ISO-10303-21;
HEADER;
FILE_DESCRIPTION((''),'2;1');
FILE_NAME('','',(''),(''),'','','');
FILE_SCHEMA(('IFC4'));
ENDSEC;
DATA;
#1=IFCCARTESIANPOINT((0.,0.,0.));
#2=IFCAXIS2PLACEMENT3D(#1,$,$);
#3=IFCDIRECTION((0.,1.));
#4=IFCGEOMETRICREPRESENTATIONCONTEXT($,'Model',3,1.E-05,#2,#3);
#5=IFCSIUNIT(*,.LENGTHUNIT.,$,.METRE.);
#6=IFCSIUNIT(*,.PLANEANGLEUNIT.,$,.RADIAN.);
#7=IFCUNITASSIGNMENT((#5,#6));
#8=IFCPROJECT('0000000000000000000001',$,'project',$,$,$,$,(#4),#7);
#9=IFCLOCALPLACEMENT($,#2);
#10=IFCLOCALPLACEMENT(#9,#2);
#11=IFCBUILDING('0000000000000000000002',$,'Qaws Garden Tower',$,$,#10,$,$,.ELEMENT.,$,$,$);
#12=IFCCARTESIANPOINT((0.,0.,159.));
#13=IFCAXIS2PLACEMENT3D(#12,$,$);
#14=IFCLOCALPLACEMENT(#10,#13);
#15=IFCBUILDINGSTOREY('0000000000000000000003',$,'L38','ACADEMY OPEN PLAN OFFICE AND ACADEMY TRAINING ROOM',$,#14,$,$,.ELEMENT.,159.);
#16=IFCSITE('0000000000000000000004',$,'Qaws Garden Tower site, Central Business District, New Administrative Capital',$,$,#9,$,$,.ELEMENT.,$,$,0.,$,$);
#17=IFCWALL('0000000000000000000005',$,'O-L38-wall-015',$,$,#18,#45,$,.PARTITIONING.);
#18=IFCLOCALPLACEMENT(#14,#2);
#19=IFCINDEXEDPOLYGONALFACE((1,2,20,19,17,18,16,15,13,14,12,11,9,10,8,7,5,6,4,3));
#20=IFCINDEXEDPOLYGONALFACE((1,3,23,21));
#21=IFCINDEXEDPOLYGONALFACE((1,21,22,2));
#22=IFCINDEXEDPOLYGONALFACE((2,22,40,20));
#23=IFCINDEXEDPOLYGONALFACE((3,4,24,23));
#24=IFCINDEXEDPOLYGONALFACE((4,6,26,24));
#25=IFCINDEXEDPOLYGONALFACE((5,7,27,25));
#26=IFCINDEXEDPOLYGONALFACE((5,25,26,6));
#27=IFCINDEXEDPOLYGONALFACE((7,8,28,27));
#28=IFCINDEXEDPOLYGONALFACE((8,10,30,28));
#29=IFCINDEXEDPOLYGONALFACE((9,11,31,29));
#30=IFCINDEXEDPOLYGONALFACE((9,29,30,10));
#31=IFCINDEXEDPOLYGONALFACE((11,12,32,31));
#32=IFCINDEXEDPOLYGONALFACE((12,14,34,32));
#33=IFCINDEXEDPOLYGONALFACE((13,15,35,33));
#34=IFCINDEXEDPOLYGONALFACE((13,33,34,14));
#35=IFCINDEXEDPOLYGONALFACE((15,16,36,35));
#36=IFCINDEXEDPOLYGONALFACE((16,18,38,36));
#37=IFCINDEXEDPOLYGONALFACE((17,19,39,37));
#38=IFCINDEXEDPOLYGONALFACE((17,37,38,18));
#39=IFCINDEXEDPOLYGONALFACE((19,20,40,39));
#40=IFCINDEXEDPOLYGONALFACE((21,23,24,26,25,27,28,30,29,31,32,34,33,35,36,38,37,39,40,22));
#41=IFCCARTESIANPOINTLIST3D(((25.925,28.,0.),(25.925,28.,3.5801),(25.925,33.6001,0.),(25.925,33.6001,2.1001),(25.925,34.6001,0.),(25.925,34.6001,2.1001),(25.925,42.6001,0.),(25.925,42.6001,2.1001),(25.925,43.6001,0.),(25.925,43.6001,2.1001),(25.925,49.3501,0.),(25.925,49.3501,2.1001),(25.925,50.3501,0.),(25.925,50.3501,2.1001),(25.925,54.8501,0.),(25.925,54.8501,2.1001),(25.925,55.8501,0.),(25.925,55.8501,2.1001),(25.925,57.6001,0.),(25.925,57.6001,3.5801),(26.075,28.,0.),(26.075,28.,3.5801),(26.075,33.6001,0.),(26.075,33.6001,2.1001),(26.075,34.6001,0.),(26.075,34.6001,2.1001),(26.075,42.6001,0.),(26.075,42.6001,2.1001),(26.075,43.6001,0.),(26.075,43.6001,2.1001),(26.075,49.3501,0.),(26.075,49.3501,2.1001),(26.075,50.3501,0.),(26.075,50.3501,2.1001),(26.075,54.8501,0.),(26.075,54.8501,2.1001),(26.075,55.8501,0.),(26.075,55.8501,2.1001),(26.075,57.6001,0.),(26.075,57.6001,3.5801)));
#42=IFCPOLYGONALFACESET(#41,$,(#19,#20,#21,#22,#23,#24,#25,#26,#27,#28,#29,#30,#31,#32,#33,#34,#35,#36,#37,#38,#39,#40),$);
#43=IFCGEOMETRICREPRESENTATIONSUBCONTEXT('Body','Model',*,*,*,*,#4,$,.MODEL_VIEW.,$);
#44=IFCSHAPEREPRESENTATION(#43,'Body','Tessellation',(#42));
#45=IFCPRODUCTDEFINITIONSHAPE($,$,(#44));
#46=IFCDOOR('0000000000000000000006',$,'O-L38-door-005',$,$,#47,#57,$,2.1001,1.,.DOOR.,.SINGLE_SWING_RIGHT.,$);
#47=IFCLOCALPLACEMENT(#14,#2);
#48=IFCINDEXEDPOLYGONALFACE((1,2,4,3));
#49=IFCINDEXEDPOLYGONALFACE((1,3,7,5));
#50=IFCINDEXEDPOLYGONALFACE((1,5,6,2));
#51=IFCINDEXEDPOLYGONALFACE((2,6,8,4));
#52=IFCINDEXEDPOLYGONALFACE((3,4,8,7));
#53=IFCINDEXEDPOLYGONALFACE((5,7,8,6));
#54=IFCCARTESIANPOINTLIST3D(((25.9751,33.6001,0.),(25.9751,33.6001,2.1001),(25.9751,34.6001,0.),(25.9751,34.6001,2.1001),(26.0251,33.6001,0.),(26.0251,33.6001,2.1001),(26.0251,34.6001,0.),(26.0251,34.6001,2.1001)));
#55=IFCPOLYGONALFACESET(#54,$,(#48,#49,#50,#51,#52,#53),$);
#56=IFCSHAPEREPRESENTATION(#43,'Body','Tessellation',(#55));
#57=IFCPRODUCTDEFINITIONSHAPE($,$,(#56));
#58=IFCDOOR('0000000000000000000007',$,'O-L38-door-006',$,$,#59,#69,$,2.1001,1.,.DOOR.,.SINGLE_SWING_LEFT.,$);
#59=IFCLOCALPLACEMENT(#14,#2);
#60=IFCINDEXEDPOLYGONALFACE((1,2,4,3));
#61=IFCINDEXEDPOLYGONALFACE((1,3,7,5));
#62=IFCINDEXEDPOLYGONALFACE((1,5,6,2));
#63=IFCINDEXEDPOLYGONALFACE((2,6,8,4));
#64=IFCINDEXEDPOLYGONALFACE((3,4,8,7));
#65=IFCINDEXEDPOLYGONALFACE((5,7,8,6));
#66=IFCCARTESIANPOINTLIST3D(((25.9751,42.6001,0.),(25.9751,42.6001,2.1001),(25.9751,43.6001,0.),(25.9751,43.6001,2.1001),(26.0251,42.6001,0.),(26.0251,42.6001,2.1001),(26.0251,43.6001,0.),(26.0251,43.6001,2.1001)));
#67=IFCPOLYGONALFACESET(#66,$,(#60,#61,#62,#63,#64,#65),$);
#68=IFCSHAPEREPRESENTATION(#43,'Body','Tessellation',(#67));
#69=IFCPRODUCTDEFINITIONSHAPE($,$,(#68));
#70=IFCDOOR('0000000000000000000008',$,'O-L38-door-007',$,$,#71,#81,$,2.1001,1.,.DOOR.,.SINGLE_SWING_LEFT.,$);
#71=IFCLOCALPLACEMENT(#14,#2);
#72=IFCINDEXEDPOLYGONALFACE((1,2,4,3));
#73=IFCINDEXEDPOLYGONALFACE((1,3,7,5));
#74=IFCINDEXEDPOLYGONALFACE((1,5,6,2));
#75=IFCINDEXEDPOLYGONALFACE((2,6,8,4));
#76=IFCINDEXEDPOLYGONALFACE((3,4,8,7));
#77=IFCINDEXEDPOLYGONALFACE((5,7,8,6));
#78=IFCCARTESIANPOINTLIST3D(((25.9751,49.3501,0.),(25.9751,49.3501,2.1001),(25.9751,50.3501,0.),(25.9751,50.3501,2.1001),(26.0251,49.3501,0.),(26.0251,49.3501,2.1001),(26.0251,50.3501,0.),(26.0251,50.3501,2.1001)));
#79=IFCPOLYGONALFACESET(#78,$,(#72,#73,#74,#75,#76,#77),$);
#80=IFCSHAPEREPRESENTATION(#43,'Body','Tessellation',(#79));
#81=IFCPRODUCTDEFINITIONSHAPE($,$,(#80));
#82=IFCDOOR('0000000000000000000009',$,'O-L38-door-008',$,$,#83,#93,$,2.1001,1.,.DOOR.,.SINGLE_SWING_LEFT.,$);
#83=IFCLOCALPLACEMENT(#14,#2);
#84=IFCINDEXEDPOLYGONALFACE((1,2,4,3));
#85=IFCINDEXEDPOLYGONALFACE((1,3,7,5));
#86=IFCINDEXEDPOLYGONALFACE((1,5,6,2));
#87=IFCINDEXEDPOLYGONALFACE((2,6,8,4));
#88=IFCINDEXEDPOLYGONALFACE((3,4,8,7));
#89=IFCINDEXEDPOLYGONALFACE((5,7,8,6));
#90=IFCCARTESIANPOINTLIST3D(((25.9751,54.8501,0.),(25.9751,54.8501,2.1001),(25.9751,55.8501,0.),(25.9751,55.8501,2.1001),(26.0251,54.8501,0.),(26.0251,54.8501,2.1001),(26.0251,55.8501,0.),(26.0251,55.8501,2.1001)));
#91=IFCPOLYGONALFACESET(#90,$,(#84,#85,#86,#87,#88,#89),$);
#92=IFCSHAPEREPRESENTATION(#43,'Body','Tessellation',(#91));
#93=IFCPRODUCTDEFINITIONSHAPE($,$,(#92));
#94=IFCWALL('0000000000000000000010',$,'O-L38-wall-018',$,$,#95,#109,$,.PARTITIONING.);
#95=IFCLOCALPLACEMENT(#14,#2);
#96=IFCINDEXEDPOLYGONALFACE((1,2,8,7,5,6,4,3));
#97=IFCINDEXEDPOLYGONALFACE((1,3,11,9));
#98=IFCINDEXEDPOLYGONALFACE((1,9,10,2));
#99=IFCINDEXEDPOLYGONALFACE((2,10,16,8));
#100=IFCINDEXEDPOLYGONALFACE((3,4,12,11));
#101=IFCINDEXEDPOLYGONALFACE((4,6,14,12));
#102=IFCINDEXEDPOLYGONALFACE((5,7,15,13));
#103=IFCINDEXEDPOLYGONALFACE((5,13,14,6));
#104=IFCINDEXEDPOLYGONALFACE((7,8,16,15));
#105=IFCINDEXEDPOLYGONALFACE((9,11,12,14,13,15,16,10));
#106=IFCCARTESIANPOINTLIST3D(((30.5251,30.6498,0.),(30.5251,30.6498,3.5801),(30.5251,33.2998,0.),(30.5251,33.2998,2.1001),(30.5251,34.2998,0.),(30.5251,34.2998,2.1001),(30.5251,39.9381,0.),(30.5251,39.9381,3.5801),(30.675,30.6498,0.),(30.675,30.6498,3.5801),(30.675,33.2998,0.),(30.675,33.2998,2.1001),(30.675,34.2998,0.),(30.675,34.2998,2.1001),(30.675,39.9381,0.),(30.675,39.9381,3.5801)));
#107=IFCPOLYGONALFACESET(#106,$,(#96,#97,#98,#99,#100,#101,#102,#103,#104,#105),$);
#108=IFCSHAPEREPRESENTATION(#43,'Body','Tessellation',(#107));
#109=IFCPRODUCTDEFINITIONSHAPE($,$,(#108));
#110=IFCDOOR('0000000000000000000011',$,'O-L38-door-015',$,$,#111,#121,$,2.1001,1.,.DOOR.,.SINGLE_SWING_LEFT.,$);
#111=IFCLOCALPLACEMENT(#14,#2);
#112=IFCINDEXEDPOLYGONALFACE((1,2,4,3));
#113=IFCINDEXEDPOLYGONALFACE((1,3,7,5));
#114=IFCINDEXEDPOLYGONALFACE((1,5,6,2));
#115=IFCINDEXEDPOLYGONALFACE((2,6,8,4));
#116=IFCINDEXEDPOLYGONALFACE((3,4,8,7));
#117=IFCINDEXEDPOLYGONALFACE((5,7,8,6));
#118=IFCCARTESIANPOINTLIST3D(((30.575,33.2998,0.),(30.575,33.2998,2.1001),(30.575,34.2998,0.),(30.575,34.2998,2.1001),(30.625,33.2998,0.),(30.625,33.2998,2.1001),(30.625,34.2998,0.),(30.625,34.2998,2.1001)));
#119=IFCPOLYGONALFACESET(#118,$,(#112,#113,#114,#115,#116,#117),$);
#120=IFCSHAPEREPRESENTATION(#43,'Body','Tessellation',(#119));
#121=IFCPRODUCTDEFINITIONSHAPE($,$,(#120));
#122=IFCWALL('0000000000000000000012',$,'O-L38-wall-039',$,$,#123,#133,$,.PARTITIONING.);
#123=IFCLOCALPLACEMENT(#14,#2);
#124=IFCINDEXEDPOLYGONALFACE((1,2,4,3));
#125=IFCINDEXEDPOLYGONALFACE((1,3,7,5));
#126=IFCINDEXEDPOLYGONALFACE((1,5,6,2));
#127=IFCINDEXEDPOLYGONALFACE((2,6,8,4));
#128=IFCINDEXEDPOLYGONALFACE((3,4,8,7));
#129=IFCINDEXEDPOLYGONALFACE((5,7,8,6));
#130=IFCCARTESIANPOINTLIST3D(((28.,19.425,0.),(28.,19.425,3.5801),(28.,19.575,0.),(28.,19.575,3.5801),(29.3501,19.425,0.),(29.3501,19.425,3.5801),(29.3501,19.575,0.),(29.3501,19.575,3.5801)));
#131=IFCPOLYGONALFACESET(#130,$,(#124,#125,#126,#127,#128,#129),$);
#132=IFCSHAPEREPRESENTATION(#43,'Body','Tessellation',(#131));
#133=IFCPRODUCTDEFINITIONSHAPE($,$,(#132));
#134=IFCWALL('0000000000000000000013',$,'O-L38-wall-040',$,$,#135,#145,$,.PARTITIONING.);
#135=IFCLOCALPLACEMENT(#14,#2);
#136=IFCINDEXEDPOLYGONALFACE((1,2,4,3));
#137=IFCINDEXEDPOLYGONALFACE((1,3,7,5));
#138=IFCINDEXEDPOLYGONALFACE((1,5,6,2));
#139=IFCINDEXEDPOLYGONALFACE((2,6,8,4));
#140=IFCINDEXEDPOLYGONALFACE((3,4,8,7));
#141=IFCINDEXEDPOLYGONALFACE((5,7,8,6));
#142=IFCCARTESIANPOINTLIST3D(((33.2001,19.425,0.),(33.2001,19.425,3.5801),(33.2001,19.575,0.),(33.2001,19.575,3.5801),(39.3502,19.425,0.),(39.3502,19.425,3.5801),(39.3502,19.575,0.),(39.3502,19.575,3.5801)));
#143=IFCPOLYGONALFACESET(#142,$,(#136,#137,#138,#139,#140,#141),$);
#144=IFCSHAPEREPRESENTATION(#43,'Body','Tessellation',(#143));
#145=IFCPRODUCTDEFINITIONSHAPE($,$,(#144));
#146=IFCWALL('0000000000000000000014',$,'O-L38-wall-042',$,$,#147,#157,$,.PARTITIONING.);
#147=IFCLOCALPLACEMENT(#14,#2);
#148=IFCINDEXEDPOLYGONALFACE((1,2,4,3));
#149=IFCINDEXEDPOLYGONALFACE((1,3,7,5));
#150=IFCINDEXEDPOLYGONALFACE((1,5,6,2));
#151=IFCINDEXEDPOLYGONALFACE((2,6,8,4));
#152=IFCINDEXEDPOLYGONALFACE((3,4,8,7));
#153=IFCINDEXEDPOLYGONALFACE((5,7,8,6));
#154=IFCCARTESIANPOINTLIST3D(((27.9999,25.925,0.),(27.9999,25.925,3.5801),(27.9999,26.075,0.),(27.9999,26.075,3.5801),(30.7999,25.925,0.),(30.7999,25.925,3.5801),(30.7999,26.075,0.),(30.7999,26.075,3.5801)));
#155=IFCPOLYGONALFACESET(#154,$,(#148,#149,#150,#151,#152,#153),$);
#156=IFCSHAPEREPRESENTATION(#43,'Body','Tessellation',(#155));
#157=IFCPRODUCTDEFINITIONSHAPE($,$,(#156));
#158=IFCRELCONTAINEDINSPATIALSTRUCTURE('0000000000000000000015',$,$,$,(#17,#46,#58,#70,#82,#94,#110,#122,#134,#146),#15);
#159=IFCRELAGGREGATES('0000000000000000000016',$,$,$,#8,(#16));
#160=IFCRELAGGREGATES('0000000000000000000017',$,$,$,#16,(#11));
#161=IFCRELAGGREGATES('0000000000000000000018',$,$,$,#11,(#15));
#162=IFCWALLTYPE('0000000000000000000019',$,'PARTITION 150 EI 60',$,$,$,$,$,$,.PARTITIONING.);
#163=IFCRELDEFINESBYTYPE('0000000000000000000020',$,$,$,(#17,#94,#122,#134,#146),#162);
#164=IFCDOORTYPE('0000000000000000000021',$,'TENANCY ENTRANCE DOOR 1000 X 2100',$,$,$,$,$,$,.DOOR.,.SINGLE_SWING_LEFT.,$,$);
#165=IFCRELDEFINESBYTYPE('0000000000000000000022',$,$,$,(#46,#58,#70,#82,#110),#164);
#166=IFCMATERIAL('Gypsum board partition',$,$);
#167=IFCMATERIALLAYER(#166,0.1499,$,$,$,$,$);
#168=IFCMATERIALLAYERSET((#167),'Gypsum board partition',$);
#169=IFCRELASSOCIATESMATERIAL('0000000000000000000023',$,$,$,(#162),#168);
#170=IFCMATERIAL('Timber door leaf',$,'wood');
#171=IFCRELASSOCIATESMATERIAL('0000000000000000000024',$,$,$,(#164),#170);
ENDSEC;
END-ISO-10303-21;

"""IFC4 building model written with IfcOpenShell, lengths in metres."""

from ifc_helpers import new_model, si_unit, direction, frame, frame_2d, origin, place, context, subcontext, project, spatial, rectangle, extrude, material, layer, layer_set, type_object, element, fill, save


model = new_model("IFC4")

# Units and contexts
model_context = context("Model", 3, precision=1e-05, world=origin(), true_north=direction((0.0, 1.0)))
body_context = subcontext(model_context, "Body", "Model", "MODEL_VIEW")
ifc_project = project(units=[si_unit("LENGTHUNIT", "METRE"), si_unit("PLANEANGLEUNIT", "RADIAN")], contexts=[model_context])

# Site, building, storey
site_placement = place(None, origin())
site = spatial("IfcSite", under=ifc_project, at=site_placement, Name="Qaws Garden Tower site, Central Business District, New Administrative Capital", CompositionType="ELEMENT", RefElevation=0.0)
building_placement = place(site_placement, origin())
building = spatial("IfcBuilding", under=site, at=building_placement, Name="Qaws Garden Tower", CompositionType="ELEMENT")
storey_placement = place(building_placement, frame((0.0, 0.0, 159.0)))
storey = spatial("IfcBuildingStorey", under=building, at=storey_placement, Name="L38", Description="ACADEMY OPEN PLAN OFFICE AND ACADEMY TRAINING ROOM", CompositionType="ELEMENT", Elevation=159.0)

# Shared definitions
ifc_material_1 = material(Name="Gypsum board partition")
ifc_layer_1 = layer(ifc_material_1, 0.1499)
ifc_layer_set_1 = layer_set([ifc_layer_1], Name="Gypsum board partition")
wall_type_1 = type_object("IfcWallType", Name="PARTITION 150 EI 60", PredefinedType="PARTITIONING", material=ifc_layer_set_1)

# Wall, openings, doors
wall_1_placement = place(storey_placement, frame((26.0, 28.0, 0.0), z_axis=(0.0, 0.0, 1.0), x_axis=(0.0, 1.0, 0.0)))
wall_1 = element("IfcWall", 1, at=wall_1_placement, inside=storey, type_object=wall_type_1, Name="O-L38-wall-015", PredefinedType="PARTITIONING", context=body_context, shape_type="SweptSolid", body=[
    extrude(rectangle(XDim=29.6001, YDim=0.1499, at=frame_2d((14.8, 0.0))), origin(), (0.0, 0.0, 1.0), 3.5801),
])
opening_1_placement = place(wall_1_placement, frame((5.6001, 0.0, 0.0)))
opening_1 = element("IfcOpeningElement", 2, at=opening_1_placement, cuts=wall_1, PredefinedType="OPENING", context=body_context, shape_type="SweptSolid", body=[
    extrude(rectangle(XDim=1.0, YDim=2.1001, at=frame_2d((0.5, 1.05))), frame((0.0, 0.085, 0.0), z_axis=(0.0, -1.0, 0.0), x_axis=(1.0, 0.0, 0.0)), (0.0, 0.0, 1.0), 0.1699),
])
opening_2_placement = place(wall_1_placement, frame((14.6001, 0.0, 0.0)))
opening_2 = element("IfcOpeningElement", 3, at=opening_2_placement, cuts=wall_1, PredefinedType="OPENING", context=body_context, shape_type="SweptSolid", body=[
    extrude(rectangle(XDim=1.0, YDim=2.1001, at=frame_2d((0.5, 1.05))), frame((0.0, 0.085, 0.0), z_axis=(0.0, -1.0, 0.0), x_axis=(1.0, 0.0, 0.0)), (0.0, 0.0, 1.0), 0.1699),
])
opening_3_placement = place(wall_1_placement, frame((21.3501, 0.0, 0.0)))
opening_3 = element("IfcOpeningElement", 4, at=opening_3_placement, cuts=wall_1, PredefinedType="OPENING", context=body_context, shape_type="SweptSolid", body=[
    extrude(rectangle(XDim=1.0, YDim=2.1001, at=frame_2d((0.5, 1.05))), frame((0.0, 0.085, 0.0), z_axis=(0.0, -1.0, 0.0), x_axis=(1.0, 0.0, 0.0)), (0.0, 0.0, 1.0), 0.1699),
])
opening_4_placement = place(wall_1_placement, frame((26.8501, 0.0, 0.0)))
opening_4 = element("IfcOpeningElement", 5, at=opening_4_placement, cuts=wall_1, PredefinedType="OPENING", context=body_context, shape_type="SweptSolid", body=[
    extrude(rectangle(XDim=1.0, YDim=2.1001, at=frame_2d((0.5, 1.05))), frame((0.0, 0.085, 0.0), z_axis=(0.0, -1.0, 0.0), x_axis=(1.0, 0.0, 0.0)), (0.0, 0.0, 1.0), 0.1699),
])
ifc_material_2 = material(Name="Timber door leaf", Category="wood")
door_type_1 = type_object("IfcDoorType", Name="TENANCY ENTRANCE DOOR 1000 X 2100", OperationType="SINGLE_SWING_LEFT", PredefinedType="DOOR", material=ifc_material_2)
door_1_placement = place(opening_1_placement, origin())
door_1 = element("IfcDoor", 6, at=door_1_placement, inside=storey, type_object=door_type_1, Name="O-L38-door-005", OperationType="SINGLE_SWING_RIGHT", OverallHeight=2.1001, OverallWidth=1.0, PredefinedType="DOOR", context=body_context, shape_type="SweptSolid", body=[
    extrude(rectangle(XDim=1.0, YDim=2.1001, at=frame_2d((0.5, 1.05))), frame((0.0, 0.0249, 0.0), z_axis=(0.0, -1.0, 0.0), x_axis=(1.0, 0.0, 0.0)), (0.0, 0.0, 1.0), 0.05),
])
fill(opening_1, door_1)
door_2_placement = place(opening_2_placement, origin())
door_2 = element("IfcDoor", 7, at=door_2_placement, inside=storey, type_object=door_type_1, Name="O-L38-door-006", OperationType="SINGLE_SWING_LEFT", OverallHeight=2.1001, OverallWidth=1.0, PredefinedType="DOOR", context=body_context, shape_type="SweptSolid", body=[
    extrude(rectangle(XDim=1.0, YDim=2.1001, at=frame_2d((0.5, 1.05))), frame((0.0, 0.0249, 0.0), z_axis=(0.0, -1.0, 0.0), x_axis=(1.0, 0.0, 0.0)), (0.0, 0.0, 1.0), 0.05),
])
fill(opening_2, door_2)
door_3_placement = place(opening_3_placement, origin())
door_3 = element("IfcDoor", 8, at=door_3_placement, inside=storey, type_object=door_type_1, Name="O-L38-door-007", OperationType="SINGLE_SWING_LEFT", OverallHeight=2.1001, OverallWidth=1.0, PredefinedType="DOOR", context=body_context, shape_type="SweptSolid", body=[
    extrude(rectangle(XDim=1.0, YDim=2.1001, at=frame_2d((0.5, 1.05))), frame((0.0, 0.0249, 0.0), z_axis=(0.0, -1.0, 0.0), x_axis=(1.0, 0.0, 0.0)), (0.0, 0.0, 1.0), 0.05),
])
fill(opening_3, door_3)
door_4_placement = place(opening_4_placement, origin())
door_4 = element("IfcDoor", 9, at=door_4_placement, inside=storey, type_object=door_type_1, Name="O-L38-door-008", OperationType="SINGLE_SWING_LEFT", OverallHeight=2.1001, OverallWidth=1.0, PredefinedType="DOOR", context=body_context, shape_type="SweptSolid", body=[
    extrude(rectangle(XDim=1.0, YDim=2.1001, at=frame_2d((0.5, 1.05))), frame((0.0, 0.0249, 0.0), z_axis=(0.0, -1.0, 0.0), x_axis=(1.0, 0.0, 0.0)), (0.0, 0.0, 1.0), 0.05),
])
fill(opening_4, door_4)

# Wall, opening, door
wall_2_placement = place(storey_placement, frame((30.6001, 30.6499, 0.0), z_axis=(0.0, 0.0, 1.0), x_axis=(0.0, 1.0, 0.0)))
wall_2 = element("IfcWall", 10, at=wall_2_placement, inside=storey, type_object=wall_type_1, Name="O-L38-wall-018", PredefinedType="PARTITIONING", context=body_context, shape_type="SweptSolid", body=[
    extrude(rectangle(XDim=9.2883, YDim=0.1499, at=frame_2d((4.644, 0.0))), origin(), (0.0, 0.0, 1.0), 3.5801),
])
opening_5_placement = place(wall_2_placement, frame((2.6499, 0.0, 0.0)))
opening_5 = element("IfcOpeningElement", 11, at=opening_5_placement, cuts=wall_2, PredefinedType="OPENING", context=body_context, shape_type="SweptSolid", body=[
    extrude(rectangle(XDim=1.0, YDim=2.1001, at=frame_2d((0.5, 1.05))), frame((0.0, 0.085, 0.0), z_axis=(0.0, -1.0, 0.0), x_axis=(1.0, 0.0, 0.0)), (0.0, 0.0, 1.0), 0.1699),
])
door_5_placement = place(opening_5_placement, frame((1.0, 0.0, 0.0), z_axis=(0.0, 0.0, 1.0), x_axis=(-1.0, 0.0, 0.0)))
door_5 = element("IfcDoor", 12, at=door_5_placement, inside=storey, type_object=door_type_1, Name="O-L38-door-015", OperationType="SINGLE_SWING_LEFT", OverallHeight=2.1001, OverallWidth=1.0, PredefinedType="DOOR", context=body_context, shape_type="SweptSolid", body=[
    extrude(rectangle(XDim=1.0, YDim=2.1001, at=frame_2d((0.5, 1.05))), frame((0.0, 0.0249, 0.0), z_axis=(0.0, -1.0, 0.0), x_axis=(1.0, 0.0, 0.0)), (0.0, 0.0, 1.0), 0.05),
])
fill(opening_5, door_5)

# Walls
wall_3_placement = place(storey_placement, frame((28.0, 19.5, 0.0), z_axis=(0.0, 0.0, 1.0), x_axis=(1.0, 0.0, 0.0)))
element("IfcWall", 13, at=wall_3_placement, inside=storey, type_object=wall_type_1, Name="O-L38-wall-039", PredefinedType="PARTITIONING", context=body_context, shape_type="SweptSolid", body=[
    extrude(rectangle(XDim=1.3501, YDim=0.1499, at=frame_2d((0.675, 0.0))), origin(), (0.0, 0.0, 1.0), 3.5801),
])
wall_4_placement = place(storey_placement, frame((33.2, 19.5, 0.0), z_axis=(0.0, 0.0, 1.0), x_axis=(1.0, 0.0, 0.0)))
element("IfcWall", 14, at=wall_4_placement, inside=storey, type_object=wall_type_1, Name="O-L38-wall-040", PredefinedType="PARTITIONING", context=body_context, shape_type="SweptSolid", body=[
    extrude(rectangle(XDim=6.1501, YDim=0.1499, at=frame_2d((3.0752, 0.0))), origin(), (0.0, 0.0, 1.0), 3.5801),
])
wall_5_placement = place(storey_placement, frame((28.0, 26.0, 0.0), z_axis=(0.0, 0.0, 1.0), x_axis=(1.0, 0.0, 0.0)))
element("IfcWall", 15, at=wall_5_placement, inside=storey, type_object=wall_type_1, Name="O-L38-wall-042", PredefinedType="PARTITIONING", context=body_context, shape_type="SweptSolid", body=[
    extrude(rectangle(XDim=2.8, YDim=0.1499, at=frame_2d((1.3999, 0.0))), origin(), (0.0, 0.0, 1.0), 3.5801),
])

save(model, "model.ifc")
